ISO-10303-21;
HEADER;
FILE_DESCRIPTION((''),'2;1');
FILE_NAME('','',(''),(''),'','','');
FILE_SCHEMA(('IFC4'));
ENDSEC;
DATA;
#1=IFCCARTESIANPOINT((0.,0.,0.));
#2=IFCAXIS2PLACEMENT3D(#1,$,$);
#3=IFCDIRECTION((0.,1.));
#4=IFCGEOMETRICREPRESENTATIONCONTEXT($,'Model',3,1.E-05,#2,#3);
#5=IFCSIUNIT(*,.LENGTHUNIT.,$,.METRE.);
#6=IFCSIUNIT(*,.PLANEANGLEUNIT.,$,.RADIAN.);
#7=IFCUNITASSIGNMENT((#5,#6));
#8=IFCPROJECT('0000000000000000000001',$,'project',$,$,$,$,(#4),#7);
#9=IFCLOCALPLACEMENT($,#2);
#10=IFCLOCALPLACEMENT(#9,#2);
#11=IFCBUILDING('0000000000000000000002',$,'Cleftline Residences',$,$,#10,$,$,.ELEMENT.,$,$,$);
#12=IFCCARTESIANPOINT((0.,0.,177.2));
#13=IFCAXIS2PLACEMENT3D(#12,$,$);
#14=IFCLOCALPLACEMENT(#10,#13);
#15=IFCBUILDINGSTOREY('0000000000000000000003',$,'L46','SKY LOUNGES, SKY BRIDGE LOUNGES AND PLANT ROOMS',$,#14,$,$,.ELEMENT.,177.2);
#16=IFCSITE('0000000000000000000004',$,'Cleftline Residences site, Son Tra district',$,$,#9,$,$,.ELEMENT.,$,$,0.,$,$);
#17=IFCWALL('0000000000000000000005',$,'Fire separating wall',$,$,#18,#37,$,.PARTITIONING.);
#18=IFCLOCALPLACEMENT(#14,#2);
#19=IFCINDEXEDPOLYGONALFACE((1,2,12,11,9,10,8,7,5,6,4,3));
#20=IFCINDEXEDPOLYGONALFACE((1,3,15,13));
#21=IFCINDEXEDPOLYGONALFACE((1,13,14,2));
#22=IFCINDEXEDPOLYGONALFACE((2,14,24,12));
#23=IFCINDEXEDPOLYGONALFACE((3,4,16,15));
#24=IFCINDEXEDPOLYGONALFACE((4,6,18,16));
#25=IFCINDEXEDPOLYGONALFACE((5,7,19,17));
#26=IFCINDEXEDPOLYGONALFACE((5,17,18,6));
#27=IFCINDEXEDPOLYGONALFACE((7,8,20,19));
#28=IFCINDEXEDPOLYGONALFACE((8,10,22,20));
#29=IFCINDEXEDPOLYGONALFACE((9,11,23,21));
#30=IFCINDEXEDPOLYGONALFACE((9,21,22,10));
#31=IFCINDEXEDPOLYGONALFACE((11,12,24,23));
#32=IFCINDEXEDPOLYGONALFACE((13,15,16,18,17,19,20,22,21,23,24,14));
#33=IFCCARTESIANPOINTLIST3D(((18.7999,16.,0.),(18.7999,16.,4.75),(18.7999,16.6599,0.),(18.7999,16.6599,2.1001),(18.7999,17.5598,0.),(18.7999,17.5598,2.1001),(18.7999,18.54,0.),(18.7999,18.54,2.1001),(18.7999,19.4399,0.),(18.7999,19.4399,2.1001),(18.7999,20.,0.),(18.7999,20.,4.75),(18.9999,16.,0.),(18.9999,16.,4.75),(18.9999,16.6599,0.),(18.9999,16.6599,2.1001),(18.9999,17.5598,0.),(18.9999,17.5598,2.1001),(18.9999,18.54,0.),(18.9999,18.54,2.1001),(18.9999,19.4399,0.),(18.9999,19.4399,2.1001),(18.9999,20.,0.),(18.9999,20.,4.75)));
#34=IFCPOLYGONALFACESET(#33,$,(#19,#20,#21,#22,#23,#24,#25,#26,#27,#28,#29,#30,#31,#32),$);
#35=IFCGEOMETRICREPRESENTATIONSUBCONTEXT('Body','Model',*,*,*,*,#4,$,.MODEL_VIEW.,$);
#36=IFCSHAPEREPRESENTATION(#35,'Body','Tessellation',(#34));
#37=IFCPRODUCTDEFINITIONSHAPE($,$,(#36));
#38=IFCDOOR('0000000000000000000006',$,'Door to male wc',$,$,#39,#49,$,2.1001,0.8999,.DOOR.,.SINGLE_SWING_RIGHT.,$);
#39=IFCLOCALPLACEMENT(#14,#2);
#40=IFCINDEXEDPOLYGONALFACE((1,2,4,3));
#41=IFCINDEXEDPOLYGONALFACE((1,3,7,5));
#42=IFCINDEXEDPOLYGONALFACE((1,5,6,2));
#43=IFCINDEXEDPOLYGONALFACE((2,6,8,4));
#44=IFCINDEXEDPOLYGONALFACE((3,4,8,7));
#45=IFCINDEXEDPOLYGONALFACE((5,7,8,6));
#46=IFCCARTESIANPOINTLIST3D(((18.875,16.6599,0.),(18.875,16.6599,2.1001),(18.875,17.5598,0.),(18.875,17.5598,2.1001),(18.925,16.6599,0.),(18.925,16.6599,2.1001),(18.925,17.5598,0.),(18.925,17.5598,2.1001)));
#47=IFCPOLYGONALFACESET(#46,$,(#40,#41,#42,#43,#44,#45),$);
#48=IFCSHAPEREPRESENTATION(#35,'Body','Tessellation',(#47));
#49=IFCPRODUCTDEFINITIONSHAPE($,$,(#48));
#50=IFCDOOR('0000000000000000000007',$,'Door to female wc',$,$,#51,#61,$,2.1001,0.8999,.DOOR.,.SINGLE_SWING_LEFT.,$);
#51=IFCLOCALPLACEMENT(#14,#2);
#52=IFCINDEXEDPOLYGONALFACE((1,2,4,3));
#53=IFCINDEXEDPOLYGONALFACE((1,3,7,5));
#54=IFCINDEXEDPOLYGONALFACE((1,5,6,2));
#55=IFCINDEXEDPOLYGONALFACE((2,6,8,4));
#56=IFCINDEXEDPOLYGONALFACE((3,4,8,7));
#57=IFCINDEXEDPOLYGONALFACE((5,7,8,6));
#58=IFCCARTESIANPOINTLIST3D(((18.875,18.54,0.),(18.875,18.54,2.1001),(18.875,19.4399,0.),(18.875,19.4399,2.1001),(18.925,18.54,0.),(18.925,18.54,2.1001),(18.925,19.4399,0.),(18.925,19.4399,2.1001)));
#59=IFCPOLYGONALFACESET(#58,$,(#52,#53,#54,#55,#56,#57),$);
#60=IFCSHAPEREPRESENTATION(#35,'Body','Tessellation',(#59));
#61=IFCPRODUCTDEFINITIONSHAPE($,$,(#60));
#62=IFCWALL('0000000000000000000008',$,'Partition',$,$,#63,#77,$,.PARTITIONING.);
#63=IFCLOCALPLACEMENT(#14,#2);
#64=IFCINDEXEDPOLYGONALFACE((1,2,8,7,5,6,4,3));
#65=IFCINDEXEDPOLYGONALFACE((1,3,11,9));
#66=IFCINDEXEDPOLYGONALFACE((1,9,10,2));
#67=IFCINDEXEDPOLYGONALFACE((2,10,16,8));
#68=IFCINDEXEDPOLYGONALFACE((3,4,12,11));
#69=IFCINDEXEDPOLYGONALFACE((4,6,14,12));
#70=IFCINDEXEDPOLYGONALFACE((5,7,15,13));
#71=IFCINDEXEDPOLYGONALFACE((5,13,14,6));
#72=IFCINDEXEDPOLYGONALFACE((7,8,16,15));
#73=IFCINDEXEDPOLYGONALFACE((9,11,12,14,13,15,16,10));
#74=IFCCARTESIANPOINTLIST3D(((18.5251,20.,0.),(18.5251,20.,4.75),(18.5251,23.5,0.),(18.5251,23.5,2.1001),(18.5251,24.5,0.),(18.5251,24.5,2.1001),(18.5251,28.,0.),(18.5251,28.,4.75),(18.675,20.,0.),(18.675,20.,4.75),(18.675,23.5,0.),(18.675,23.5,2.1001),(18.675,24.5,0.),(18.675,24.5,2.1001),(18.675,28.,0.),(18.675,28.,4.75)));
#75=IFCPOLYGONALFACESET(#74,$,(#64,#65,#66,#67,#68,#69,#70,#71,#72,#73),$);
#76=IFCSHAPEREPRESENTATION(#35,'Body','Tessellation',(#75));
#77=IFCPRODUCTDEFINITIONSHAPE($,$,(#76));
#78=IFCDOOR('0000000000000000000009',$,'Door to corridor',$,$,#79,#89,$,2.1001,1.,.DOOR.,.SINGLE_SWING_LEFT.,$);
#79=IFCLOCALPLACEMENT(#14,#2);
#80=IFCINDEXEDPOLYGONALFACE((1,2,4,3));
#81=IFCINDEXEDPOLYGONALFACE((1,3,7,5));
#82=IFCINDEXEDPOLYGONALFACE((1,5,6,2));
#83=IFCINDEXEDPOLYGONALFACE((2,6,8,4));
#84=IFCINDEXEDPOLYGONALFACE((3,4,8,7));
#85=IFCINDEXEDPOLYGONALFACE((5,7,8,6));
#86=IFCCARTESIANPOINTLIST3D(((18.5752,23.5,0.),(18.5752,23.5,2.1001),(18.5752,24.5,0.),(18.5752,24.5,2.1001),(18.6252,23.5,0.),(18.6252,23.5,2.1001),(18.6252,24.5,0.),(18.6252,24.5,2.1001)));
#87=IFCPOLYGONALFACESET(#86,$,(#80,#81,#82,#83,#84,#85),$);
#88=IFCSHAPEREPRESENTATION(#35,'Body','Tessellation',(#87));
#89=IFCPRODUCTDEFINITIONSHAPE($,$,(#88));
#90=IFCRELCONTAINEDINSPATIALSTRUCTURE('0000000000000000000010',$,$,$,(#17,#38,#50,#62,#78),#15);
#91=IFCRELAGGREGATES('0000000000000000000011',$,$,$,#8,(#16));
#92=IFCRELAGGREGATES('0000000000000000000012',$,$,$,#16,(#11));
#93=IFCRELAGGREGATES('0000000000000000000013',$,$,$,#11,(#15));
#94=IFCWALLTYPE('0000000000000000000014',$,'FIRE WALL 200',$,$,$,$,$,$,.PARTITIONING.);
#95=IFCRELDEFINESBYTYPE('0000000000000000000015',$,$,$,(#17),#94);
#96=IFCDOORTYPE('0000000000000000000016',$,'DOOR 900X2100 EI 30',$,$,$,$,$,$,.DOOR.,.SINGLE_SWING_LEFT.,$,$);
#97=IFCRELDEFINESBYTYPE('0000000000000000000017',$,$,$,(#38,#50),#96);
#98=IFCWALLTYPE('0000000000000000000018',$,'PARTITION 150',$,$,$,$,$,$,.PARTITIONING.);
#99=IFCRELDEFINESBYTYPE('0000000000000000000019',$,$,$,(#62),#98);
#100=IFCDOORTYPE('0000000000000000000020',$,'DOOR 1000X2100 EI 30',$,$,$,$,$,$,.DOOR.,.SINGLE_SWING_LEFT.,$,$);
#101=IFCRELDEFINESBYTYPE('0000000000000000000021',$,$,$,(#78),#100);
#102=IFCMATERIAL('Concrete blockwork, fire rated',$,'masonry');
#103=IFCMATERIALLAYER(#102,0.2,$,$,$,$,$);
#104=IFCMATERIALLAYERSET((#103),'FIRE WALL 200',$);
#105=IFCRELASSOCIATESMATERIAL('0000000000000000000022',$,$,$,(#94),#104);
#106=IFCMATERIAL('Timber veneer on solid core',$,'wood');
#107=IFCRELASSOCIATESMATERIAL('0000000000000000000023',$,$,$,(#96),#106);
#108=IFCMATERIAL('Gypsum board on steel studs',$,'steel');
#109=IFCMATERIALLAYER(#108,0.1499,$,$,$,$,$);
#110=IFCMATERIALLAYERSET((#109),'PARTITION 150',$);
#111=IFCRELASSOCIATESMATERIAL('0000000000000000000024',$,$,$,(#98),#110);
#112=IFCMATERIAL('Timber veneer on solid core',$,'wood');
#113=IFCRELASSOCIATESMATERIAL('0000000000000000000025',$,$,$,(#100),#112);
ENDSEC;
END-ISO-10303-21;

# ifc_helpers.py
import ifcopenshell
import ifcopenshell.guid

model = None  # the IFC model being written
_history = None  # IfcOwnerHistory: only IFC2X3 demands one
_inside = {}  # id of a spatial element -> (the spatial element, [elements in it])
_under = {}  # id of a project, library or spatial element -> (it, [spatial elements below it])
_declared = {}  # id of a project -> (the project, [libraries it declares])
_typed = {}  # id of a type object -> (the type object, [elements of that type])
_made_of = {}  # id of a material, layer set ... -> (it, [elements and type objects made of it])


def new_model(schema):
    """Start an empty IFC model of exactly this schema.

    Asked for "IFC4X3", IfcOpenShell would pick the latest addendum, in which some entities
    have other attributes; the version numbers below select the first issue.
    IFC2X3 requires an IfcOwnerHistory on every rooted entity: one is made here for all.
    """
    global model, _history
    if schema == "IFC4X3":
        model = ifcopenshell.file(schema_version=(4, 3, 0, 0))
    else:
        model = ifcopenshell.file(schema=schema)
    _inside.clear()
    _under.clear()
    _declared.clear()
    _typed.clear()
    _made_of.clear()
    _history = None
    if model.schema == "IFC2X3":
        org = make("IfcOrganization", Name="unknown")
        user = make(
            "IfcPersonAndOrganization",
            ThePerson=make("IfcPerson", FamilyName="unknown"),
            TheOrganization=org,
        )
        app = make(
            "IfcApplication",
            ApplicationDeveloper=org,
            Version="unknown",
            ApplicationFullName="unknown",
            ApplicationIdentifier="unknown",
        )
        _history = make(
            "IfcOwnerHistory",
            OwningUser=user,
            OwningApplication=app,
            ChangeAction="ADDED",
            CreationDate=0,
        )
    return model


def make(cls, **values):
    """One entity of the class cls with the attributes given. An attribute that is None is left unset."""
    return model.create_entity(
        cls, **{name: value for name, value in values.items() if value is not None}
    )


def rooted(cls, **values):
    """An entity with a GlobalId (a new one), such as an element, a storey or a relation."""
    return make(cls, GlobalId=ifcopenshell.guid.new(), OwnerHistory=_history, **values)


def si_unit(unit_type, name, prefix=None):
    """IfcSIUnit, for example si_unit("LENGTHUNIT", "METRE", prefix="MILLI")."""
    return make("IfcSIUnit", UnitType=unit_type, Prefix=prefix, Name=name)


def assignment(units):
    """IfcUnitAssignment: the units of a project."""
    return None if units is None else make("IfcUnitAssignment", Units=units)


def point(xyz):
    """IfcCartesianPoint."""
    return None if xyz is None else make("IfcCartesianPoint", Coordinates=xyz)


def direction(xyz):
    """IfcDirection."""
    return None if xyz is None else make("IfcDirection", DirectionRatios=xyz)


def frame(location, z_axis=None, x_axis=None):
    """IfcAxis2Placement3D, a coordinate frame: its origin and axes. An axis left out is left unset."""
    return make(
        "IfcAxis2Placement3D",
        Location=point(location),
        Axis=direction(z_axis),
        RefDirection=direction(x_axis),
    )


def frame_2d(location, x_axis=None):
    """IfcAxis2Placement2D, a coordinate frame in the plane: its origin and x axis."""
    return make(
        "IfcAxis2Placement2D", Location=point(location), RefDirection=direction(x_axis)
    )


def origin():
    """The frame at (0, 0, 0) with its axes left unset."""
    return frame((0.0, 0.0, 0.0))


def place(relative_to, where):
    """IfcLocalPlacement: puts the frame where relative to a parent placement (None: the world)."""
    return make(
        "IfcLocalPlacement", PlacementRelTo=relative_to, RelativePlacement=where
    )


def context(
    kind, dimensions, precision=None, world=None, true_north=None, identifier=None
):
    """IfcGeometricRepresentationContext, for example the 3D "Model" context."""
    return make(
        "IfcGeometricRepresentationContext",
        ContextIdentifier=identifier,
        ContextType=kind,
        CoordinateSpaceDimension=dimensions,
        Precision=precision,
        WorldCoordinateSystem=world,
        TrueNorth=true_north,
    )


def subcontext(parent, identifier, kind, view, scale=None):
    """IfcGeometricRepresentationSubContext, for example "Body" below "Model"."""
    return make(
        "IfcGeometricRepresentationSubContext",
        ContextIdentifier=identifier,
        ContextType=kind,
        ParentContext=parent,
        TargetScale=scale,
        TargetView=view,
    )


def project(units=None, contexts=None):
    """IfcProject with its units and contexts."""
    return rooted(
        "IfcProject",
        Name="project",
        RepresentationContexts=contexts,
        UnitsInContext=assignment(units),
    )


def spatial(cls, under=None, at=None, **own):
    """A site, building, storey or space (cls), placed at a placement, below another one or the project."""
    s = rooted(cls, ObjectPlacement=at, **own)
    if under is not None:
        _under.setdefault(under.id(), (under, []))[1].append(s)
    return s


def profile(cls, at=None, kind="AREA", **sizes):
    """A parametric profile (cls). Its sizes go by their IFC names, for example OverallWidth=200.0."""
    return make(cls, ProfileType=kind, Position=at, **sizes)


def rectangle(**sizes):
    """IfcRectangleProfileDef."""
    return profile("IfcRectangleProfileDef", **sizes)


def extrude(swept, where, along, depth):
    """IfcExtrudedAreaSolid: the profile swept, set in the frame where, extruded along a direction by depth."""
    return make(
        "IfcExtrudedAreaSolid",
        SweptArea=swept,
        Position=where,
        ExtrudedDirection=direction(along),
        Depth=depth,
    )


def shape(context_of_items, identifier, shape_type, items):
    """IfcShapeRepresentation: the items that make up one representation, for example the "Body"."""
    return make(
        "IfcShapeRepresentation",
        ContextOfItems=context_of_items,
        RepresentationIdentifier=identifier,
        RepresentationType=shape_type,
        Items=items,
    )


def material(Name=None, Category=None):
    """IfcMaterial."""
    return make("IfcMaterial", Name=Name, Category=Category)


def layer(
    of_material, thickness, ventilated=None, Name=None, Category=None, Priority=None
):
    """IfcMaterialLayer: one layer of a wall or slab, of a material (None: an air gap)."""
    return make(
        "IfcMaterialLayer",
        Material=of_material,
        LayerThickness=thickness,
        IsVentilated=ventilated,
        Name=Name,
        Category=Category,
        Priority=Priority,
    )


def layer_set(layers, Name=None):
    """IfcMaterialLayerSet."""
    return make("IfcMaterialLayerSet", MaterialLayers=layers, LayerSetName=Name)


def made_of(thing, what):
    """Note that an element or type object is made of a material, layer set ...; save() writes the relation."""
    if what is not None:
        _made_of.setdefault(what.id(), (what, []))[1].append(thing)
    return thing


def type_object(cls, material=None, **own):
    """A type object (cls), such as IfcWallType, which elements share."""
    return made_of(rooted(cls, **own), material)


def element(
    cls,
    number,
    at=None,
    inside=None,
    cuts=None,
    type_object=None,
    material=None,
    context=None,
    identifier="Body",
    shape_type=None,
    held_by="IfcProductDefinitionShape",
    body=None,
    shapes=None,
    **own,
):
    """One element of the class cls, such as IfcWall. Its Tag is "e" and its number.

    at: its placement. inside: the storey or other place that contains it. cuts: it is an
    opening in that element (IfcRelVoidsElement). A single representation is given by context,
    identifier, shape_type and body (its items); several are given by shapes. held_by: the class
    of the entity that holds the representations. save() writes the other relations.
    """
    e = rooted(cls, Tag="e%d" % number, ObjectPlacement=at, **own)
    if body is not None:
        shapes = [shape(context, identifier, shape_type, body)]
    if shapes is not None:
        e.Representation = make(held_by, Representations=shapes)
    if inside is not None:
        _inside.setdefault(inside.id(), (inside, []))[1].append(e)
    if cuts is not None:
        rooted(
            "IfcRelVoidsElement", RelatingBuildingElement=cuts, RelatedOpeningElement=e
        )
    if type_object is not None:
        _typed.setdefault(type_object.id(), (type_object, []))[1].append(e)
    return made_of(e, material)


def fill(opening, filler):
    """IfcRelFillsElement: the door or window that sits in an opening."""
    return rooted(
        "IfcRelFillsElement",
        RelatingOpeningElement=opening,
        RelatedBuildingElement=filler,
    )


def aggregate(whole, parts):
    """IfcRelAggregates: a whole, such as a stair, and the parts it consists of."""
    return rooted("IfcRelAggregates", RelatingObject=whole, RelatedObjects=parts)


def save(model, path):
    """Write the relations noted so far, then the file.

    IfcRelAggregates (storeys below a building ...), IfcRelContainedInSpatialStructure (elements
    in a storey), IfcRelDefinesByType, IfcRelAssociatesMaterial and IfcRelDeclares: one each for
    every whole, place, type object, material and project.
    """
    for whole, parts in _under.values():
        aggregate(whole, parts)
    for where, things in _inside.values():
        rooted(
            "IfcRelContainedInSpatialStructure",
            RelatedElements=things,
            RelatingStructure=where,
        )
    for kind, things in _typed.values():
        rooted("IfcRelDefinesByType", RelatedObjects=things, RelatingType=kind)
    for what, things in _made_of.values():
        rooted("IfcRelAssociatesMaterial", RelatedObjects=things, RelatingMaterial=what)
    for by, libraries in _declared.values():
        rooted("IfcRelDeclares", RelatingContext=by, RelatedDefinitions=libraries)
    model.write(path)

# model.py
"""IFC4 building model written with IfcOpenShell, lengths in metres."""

from ifc_helpers import new_model, si_unit, direction, frame, frame_2d, origin, place, context, subcontext, project, spatial, rectangle, extrude, material, layer, layer_set, type_object, element, fill, save


model = new_model("IFC4")

# Units and contexts
model_context = context("Model", 3, precision=1e-05, world=origin(), true_north=direction((0.0, 1.0)))
body_context = subcontext(model_context, "Body", "Model", "MODEL_VIEW")
ifc_project = project(units=[si_unit("LENGTHUNIT", "METRE"), si_unit("PLANEANGLEUNIT", "RADIAN")], contexts=[model_context])

# Site, building, storey
site_placement = place(None, origin())
site = spatial("IfcSite", under=ifc_project, at=site_placement, Name="Cleftline Residences site, Son Tra district", CompositionType="ELEMENT", RefElevation=0.0)
building_placement = place(site_placement, origin())
building = spatial("IfcBuilding", under=site, at=building_placement, Name="Cleftline Residences", CompositionType="ELEMENT")
storey_placement = place(building_placement, frame((0.0, 0.0, 177.2)))
storey = spatial("IfcBuildingStorey", under=building, at=storey_placement, Name="L46", Description="SKY LOUNGES, SKY BRIDGE LOUNGES AND PLANT ROOMS", CompositionType="ELEMENT", Elevation=177.2)

# Shared definitions
ifc_material_1 = material(Name="Concrete blockwork, fire rated", Category="masonry")
ifc_layer_1 = layer(ifc_material_1, 0.2)
ifc_layer_set_1 = layer_set([ifc_layer_1], Name="FIRE WALL 200")
wall_type_1 = type_object("IfcWallType", Name="FIRE WALL 200", PredefinedType="PARTITIONING", material=ifc_layer_set_1)

# Wall, openings, doors
wall_1_placement = place(storey_placement, frame((18.8999, 16.0, 0.0), z_axis=(0.0, 0.0, 1.0), x_axis=(0.0, 1.0, 0.0)))
wall_1 = element("IfcWall", 1, at=wall_1_placement, inside=storey, type_object=wall_type_1, Name="Fire separating wall", PredefinedType="PARTITIONING", context=body_context, shape_type="SweptSolid", body=[
    extrude(rectangle(XDim=4.0, YDim=0.2, at=frame_2d((2.0, 0.0))), origin(), (0.0, 0.0, 1.0), 4.75),
])
opening_1_placement = place(wall_1_placement, frame((0.6599, 0.0, 0.0)))
opening_1 = element("IfcOpeningElement", 2, at=opening_1_placement, cuts=wall_1, PredefinedType="OPENING", context=body_context, shape_type="SweptSolid", body=[
    extrude(rectangle(XDim=0.8999, YDim=2.1001, at=frame_2d((0.45, 1.05))), frame((0.0, 0.1099, 0.0), z_axis=(0.0, -1.0, 0.0), x_axis=(1.0, 0.0, 0.0)), (0.0, 0.0, 1.0), 0.22),
])
opening_2_placement = place(wall_1_placement, frame((2.54, 0.0, 0.0)))
opening_2 = element("IfcOpeningElement", 3, at=opening_2_placement, cuts=wall_1, PredefinedType="OPENING", context=body_context, shape_type="SweptSolid", body=[
    extrude(rectangle(XDim=0.8999, YDim=2.1001, at=frame_2d((0.45, 1.05))), frame((0.0, 0.1099, 0.0), z_axis=(0.0, -1.0, 0.0), x_axis=(1.0, 0.0, 0.0)), (0.0, 0.0, 1.0), 0.22),
])
ifc_material_2 = material(Name="Timber veneer on solid core", Category="wood")
door_type_1 = type_object("IfcDoorType", Name="DOOR 900X2100 EI 30", OperationType="SINGLE_SWING_LEFT", PredefinedType="DOOR", material=ifc_material_2)
door_1_placement = place(opening_1_placement, origin())
door_1 = element("IfcDoor", 4, at=door_1_placement, inside=storey, type_object=door_type_1, Name="Door to male wc", OperationType="SINGLE_SWING_RIGHT", OverallHeight=2.1001, OverallWidth=0.8999, PredefinedType="DOOR", context=body_context, shape_type="SweptSolid", body=[
    extrude(rectangle(XDim=0.8999, YDim=2.1001, at=frame_2d((0.45, 1.05))), frame((0.0, 0.0249, 0.0), z_axis=(0.0, -1.0, 0.0), x_axis=(1.0, 0.0, 0.0)), (0.0, 0.0, 1.0), 0.05),
])
fill(opening_1, door_1)
door_2_placement = place(opening_2_placement, origin())
door_2 = element("IfcDoor", 5, at=door_2_placement, inside=storey, type_object=door_type_1, Name="Door to female wc", OperationType="SINGLE_SWING_LEFT", OverallHeight=2.1001, OverallWidth=0.8999, PredefinedType="DOOR", context=body_context, shape_type="SweptSolid", body=[
    extrude(rectangle(XDim=0.8999, YDim=2.1001, at=frame_2d((0.45, 1.05))), frame((0.0, 0.0249, 0.0), z_axis=(0.0, -1.0, 0.0), x_axis=(1.0, 0.0, 0.0)), (0.0, 0.0, 1.0), 0.05),
])
fill(opening_2, door_2)

# Wall, opening, door
ifc_material_3 = material(Name="Gypsum board on steel studs", Category="steel")
ifc_layer_2 = layer(ifc_material_3, 0.1499)
ifc_layer_set_2 = layer_set([ifc_layer_2], Name="PARTITION 150")
wall_type_2 = type_object("IfcWallType", Name="PARTITION 150", PredefinedType="PARTITIONING", material=ifc_layer_set_2)
wall_2_placement = place(storey_placement, frame((18.6001, 20.0, 0.0), z_axis=(0.0, 0.0, 1.0), x_axis=(0.0, 1.0, 0.0)))
wall_2 = element("IfcWall", 6, at=wall_2_placement, inside=storey, type_object=wall_type_2, Name="Partition", PredefinedType="PARTITIONING", context=body_context, shape_type="SweptSolid", body=[
    extrude(rectangle(XDim=8.0, YDim=0.1499, at=frame_2d((4.0, 0.0))), origin(), (0.0, 0.0, 1.0), 4.75),
])
opening_3_placement = place(wall_2_placement, frame((3.5, 0.0, 0.0)))
opening_3 = element("IfcOpeningElement", 7, at=opening_3_placement, cuts=wall_2, PredefinedType="OPENING", context=body_context, shape_type="SweptSolid", body=[
    extrude(rectangle(XDim=1.0, YDim=2.1001, at=frame_2d((0.5, 1.05))), frame((0.0, 0.085, 0.0), z_axis=(0.0, -1.0, 0.0), x_axis=(1.0, 0.0, 0.0)), (0.0, 0.0, 1.0), 0.1699),
])
ifc_material_4 = material(Name="Timber veneer on solid core", Category="wood")
door_type_2 = type_object("IfcDoorType", Name="DOOR 1000X2100 EI 30", OperationType="SINGLE_SWING_LEFT", PredefinedType="DOOR", material=ifc_material_4)
door_3_placement = place(opening_3_placement, origin())
door_3 = element("IfcDoor", 8, at=door_3_placement, inside=storey, type_object=door_type_2, Name="Door to corridor", OperationType="SINGLE_SWING_LEFT", OverallHeight=2.1001, OverallWidth=1.0, PredefinedType="DOOR", context=body_context, shape_type="SweptSolid", body=[
    extrude(rectangle(XDim=1.0, YDim=2.1001, at=frame_2d((0.5, 1.05))), frame((0.0, 0.0249, 0.0), z_axis=(0.0, -1.0, 0.0), x_axis=(1.0, 0.0, 0.0)), (0.0, 0.0, 1.0), 0.05),
])
fill(opening_3, door_3)

save(model, "model.ifc")
